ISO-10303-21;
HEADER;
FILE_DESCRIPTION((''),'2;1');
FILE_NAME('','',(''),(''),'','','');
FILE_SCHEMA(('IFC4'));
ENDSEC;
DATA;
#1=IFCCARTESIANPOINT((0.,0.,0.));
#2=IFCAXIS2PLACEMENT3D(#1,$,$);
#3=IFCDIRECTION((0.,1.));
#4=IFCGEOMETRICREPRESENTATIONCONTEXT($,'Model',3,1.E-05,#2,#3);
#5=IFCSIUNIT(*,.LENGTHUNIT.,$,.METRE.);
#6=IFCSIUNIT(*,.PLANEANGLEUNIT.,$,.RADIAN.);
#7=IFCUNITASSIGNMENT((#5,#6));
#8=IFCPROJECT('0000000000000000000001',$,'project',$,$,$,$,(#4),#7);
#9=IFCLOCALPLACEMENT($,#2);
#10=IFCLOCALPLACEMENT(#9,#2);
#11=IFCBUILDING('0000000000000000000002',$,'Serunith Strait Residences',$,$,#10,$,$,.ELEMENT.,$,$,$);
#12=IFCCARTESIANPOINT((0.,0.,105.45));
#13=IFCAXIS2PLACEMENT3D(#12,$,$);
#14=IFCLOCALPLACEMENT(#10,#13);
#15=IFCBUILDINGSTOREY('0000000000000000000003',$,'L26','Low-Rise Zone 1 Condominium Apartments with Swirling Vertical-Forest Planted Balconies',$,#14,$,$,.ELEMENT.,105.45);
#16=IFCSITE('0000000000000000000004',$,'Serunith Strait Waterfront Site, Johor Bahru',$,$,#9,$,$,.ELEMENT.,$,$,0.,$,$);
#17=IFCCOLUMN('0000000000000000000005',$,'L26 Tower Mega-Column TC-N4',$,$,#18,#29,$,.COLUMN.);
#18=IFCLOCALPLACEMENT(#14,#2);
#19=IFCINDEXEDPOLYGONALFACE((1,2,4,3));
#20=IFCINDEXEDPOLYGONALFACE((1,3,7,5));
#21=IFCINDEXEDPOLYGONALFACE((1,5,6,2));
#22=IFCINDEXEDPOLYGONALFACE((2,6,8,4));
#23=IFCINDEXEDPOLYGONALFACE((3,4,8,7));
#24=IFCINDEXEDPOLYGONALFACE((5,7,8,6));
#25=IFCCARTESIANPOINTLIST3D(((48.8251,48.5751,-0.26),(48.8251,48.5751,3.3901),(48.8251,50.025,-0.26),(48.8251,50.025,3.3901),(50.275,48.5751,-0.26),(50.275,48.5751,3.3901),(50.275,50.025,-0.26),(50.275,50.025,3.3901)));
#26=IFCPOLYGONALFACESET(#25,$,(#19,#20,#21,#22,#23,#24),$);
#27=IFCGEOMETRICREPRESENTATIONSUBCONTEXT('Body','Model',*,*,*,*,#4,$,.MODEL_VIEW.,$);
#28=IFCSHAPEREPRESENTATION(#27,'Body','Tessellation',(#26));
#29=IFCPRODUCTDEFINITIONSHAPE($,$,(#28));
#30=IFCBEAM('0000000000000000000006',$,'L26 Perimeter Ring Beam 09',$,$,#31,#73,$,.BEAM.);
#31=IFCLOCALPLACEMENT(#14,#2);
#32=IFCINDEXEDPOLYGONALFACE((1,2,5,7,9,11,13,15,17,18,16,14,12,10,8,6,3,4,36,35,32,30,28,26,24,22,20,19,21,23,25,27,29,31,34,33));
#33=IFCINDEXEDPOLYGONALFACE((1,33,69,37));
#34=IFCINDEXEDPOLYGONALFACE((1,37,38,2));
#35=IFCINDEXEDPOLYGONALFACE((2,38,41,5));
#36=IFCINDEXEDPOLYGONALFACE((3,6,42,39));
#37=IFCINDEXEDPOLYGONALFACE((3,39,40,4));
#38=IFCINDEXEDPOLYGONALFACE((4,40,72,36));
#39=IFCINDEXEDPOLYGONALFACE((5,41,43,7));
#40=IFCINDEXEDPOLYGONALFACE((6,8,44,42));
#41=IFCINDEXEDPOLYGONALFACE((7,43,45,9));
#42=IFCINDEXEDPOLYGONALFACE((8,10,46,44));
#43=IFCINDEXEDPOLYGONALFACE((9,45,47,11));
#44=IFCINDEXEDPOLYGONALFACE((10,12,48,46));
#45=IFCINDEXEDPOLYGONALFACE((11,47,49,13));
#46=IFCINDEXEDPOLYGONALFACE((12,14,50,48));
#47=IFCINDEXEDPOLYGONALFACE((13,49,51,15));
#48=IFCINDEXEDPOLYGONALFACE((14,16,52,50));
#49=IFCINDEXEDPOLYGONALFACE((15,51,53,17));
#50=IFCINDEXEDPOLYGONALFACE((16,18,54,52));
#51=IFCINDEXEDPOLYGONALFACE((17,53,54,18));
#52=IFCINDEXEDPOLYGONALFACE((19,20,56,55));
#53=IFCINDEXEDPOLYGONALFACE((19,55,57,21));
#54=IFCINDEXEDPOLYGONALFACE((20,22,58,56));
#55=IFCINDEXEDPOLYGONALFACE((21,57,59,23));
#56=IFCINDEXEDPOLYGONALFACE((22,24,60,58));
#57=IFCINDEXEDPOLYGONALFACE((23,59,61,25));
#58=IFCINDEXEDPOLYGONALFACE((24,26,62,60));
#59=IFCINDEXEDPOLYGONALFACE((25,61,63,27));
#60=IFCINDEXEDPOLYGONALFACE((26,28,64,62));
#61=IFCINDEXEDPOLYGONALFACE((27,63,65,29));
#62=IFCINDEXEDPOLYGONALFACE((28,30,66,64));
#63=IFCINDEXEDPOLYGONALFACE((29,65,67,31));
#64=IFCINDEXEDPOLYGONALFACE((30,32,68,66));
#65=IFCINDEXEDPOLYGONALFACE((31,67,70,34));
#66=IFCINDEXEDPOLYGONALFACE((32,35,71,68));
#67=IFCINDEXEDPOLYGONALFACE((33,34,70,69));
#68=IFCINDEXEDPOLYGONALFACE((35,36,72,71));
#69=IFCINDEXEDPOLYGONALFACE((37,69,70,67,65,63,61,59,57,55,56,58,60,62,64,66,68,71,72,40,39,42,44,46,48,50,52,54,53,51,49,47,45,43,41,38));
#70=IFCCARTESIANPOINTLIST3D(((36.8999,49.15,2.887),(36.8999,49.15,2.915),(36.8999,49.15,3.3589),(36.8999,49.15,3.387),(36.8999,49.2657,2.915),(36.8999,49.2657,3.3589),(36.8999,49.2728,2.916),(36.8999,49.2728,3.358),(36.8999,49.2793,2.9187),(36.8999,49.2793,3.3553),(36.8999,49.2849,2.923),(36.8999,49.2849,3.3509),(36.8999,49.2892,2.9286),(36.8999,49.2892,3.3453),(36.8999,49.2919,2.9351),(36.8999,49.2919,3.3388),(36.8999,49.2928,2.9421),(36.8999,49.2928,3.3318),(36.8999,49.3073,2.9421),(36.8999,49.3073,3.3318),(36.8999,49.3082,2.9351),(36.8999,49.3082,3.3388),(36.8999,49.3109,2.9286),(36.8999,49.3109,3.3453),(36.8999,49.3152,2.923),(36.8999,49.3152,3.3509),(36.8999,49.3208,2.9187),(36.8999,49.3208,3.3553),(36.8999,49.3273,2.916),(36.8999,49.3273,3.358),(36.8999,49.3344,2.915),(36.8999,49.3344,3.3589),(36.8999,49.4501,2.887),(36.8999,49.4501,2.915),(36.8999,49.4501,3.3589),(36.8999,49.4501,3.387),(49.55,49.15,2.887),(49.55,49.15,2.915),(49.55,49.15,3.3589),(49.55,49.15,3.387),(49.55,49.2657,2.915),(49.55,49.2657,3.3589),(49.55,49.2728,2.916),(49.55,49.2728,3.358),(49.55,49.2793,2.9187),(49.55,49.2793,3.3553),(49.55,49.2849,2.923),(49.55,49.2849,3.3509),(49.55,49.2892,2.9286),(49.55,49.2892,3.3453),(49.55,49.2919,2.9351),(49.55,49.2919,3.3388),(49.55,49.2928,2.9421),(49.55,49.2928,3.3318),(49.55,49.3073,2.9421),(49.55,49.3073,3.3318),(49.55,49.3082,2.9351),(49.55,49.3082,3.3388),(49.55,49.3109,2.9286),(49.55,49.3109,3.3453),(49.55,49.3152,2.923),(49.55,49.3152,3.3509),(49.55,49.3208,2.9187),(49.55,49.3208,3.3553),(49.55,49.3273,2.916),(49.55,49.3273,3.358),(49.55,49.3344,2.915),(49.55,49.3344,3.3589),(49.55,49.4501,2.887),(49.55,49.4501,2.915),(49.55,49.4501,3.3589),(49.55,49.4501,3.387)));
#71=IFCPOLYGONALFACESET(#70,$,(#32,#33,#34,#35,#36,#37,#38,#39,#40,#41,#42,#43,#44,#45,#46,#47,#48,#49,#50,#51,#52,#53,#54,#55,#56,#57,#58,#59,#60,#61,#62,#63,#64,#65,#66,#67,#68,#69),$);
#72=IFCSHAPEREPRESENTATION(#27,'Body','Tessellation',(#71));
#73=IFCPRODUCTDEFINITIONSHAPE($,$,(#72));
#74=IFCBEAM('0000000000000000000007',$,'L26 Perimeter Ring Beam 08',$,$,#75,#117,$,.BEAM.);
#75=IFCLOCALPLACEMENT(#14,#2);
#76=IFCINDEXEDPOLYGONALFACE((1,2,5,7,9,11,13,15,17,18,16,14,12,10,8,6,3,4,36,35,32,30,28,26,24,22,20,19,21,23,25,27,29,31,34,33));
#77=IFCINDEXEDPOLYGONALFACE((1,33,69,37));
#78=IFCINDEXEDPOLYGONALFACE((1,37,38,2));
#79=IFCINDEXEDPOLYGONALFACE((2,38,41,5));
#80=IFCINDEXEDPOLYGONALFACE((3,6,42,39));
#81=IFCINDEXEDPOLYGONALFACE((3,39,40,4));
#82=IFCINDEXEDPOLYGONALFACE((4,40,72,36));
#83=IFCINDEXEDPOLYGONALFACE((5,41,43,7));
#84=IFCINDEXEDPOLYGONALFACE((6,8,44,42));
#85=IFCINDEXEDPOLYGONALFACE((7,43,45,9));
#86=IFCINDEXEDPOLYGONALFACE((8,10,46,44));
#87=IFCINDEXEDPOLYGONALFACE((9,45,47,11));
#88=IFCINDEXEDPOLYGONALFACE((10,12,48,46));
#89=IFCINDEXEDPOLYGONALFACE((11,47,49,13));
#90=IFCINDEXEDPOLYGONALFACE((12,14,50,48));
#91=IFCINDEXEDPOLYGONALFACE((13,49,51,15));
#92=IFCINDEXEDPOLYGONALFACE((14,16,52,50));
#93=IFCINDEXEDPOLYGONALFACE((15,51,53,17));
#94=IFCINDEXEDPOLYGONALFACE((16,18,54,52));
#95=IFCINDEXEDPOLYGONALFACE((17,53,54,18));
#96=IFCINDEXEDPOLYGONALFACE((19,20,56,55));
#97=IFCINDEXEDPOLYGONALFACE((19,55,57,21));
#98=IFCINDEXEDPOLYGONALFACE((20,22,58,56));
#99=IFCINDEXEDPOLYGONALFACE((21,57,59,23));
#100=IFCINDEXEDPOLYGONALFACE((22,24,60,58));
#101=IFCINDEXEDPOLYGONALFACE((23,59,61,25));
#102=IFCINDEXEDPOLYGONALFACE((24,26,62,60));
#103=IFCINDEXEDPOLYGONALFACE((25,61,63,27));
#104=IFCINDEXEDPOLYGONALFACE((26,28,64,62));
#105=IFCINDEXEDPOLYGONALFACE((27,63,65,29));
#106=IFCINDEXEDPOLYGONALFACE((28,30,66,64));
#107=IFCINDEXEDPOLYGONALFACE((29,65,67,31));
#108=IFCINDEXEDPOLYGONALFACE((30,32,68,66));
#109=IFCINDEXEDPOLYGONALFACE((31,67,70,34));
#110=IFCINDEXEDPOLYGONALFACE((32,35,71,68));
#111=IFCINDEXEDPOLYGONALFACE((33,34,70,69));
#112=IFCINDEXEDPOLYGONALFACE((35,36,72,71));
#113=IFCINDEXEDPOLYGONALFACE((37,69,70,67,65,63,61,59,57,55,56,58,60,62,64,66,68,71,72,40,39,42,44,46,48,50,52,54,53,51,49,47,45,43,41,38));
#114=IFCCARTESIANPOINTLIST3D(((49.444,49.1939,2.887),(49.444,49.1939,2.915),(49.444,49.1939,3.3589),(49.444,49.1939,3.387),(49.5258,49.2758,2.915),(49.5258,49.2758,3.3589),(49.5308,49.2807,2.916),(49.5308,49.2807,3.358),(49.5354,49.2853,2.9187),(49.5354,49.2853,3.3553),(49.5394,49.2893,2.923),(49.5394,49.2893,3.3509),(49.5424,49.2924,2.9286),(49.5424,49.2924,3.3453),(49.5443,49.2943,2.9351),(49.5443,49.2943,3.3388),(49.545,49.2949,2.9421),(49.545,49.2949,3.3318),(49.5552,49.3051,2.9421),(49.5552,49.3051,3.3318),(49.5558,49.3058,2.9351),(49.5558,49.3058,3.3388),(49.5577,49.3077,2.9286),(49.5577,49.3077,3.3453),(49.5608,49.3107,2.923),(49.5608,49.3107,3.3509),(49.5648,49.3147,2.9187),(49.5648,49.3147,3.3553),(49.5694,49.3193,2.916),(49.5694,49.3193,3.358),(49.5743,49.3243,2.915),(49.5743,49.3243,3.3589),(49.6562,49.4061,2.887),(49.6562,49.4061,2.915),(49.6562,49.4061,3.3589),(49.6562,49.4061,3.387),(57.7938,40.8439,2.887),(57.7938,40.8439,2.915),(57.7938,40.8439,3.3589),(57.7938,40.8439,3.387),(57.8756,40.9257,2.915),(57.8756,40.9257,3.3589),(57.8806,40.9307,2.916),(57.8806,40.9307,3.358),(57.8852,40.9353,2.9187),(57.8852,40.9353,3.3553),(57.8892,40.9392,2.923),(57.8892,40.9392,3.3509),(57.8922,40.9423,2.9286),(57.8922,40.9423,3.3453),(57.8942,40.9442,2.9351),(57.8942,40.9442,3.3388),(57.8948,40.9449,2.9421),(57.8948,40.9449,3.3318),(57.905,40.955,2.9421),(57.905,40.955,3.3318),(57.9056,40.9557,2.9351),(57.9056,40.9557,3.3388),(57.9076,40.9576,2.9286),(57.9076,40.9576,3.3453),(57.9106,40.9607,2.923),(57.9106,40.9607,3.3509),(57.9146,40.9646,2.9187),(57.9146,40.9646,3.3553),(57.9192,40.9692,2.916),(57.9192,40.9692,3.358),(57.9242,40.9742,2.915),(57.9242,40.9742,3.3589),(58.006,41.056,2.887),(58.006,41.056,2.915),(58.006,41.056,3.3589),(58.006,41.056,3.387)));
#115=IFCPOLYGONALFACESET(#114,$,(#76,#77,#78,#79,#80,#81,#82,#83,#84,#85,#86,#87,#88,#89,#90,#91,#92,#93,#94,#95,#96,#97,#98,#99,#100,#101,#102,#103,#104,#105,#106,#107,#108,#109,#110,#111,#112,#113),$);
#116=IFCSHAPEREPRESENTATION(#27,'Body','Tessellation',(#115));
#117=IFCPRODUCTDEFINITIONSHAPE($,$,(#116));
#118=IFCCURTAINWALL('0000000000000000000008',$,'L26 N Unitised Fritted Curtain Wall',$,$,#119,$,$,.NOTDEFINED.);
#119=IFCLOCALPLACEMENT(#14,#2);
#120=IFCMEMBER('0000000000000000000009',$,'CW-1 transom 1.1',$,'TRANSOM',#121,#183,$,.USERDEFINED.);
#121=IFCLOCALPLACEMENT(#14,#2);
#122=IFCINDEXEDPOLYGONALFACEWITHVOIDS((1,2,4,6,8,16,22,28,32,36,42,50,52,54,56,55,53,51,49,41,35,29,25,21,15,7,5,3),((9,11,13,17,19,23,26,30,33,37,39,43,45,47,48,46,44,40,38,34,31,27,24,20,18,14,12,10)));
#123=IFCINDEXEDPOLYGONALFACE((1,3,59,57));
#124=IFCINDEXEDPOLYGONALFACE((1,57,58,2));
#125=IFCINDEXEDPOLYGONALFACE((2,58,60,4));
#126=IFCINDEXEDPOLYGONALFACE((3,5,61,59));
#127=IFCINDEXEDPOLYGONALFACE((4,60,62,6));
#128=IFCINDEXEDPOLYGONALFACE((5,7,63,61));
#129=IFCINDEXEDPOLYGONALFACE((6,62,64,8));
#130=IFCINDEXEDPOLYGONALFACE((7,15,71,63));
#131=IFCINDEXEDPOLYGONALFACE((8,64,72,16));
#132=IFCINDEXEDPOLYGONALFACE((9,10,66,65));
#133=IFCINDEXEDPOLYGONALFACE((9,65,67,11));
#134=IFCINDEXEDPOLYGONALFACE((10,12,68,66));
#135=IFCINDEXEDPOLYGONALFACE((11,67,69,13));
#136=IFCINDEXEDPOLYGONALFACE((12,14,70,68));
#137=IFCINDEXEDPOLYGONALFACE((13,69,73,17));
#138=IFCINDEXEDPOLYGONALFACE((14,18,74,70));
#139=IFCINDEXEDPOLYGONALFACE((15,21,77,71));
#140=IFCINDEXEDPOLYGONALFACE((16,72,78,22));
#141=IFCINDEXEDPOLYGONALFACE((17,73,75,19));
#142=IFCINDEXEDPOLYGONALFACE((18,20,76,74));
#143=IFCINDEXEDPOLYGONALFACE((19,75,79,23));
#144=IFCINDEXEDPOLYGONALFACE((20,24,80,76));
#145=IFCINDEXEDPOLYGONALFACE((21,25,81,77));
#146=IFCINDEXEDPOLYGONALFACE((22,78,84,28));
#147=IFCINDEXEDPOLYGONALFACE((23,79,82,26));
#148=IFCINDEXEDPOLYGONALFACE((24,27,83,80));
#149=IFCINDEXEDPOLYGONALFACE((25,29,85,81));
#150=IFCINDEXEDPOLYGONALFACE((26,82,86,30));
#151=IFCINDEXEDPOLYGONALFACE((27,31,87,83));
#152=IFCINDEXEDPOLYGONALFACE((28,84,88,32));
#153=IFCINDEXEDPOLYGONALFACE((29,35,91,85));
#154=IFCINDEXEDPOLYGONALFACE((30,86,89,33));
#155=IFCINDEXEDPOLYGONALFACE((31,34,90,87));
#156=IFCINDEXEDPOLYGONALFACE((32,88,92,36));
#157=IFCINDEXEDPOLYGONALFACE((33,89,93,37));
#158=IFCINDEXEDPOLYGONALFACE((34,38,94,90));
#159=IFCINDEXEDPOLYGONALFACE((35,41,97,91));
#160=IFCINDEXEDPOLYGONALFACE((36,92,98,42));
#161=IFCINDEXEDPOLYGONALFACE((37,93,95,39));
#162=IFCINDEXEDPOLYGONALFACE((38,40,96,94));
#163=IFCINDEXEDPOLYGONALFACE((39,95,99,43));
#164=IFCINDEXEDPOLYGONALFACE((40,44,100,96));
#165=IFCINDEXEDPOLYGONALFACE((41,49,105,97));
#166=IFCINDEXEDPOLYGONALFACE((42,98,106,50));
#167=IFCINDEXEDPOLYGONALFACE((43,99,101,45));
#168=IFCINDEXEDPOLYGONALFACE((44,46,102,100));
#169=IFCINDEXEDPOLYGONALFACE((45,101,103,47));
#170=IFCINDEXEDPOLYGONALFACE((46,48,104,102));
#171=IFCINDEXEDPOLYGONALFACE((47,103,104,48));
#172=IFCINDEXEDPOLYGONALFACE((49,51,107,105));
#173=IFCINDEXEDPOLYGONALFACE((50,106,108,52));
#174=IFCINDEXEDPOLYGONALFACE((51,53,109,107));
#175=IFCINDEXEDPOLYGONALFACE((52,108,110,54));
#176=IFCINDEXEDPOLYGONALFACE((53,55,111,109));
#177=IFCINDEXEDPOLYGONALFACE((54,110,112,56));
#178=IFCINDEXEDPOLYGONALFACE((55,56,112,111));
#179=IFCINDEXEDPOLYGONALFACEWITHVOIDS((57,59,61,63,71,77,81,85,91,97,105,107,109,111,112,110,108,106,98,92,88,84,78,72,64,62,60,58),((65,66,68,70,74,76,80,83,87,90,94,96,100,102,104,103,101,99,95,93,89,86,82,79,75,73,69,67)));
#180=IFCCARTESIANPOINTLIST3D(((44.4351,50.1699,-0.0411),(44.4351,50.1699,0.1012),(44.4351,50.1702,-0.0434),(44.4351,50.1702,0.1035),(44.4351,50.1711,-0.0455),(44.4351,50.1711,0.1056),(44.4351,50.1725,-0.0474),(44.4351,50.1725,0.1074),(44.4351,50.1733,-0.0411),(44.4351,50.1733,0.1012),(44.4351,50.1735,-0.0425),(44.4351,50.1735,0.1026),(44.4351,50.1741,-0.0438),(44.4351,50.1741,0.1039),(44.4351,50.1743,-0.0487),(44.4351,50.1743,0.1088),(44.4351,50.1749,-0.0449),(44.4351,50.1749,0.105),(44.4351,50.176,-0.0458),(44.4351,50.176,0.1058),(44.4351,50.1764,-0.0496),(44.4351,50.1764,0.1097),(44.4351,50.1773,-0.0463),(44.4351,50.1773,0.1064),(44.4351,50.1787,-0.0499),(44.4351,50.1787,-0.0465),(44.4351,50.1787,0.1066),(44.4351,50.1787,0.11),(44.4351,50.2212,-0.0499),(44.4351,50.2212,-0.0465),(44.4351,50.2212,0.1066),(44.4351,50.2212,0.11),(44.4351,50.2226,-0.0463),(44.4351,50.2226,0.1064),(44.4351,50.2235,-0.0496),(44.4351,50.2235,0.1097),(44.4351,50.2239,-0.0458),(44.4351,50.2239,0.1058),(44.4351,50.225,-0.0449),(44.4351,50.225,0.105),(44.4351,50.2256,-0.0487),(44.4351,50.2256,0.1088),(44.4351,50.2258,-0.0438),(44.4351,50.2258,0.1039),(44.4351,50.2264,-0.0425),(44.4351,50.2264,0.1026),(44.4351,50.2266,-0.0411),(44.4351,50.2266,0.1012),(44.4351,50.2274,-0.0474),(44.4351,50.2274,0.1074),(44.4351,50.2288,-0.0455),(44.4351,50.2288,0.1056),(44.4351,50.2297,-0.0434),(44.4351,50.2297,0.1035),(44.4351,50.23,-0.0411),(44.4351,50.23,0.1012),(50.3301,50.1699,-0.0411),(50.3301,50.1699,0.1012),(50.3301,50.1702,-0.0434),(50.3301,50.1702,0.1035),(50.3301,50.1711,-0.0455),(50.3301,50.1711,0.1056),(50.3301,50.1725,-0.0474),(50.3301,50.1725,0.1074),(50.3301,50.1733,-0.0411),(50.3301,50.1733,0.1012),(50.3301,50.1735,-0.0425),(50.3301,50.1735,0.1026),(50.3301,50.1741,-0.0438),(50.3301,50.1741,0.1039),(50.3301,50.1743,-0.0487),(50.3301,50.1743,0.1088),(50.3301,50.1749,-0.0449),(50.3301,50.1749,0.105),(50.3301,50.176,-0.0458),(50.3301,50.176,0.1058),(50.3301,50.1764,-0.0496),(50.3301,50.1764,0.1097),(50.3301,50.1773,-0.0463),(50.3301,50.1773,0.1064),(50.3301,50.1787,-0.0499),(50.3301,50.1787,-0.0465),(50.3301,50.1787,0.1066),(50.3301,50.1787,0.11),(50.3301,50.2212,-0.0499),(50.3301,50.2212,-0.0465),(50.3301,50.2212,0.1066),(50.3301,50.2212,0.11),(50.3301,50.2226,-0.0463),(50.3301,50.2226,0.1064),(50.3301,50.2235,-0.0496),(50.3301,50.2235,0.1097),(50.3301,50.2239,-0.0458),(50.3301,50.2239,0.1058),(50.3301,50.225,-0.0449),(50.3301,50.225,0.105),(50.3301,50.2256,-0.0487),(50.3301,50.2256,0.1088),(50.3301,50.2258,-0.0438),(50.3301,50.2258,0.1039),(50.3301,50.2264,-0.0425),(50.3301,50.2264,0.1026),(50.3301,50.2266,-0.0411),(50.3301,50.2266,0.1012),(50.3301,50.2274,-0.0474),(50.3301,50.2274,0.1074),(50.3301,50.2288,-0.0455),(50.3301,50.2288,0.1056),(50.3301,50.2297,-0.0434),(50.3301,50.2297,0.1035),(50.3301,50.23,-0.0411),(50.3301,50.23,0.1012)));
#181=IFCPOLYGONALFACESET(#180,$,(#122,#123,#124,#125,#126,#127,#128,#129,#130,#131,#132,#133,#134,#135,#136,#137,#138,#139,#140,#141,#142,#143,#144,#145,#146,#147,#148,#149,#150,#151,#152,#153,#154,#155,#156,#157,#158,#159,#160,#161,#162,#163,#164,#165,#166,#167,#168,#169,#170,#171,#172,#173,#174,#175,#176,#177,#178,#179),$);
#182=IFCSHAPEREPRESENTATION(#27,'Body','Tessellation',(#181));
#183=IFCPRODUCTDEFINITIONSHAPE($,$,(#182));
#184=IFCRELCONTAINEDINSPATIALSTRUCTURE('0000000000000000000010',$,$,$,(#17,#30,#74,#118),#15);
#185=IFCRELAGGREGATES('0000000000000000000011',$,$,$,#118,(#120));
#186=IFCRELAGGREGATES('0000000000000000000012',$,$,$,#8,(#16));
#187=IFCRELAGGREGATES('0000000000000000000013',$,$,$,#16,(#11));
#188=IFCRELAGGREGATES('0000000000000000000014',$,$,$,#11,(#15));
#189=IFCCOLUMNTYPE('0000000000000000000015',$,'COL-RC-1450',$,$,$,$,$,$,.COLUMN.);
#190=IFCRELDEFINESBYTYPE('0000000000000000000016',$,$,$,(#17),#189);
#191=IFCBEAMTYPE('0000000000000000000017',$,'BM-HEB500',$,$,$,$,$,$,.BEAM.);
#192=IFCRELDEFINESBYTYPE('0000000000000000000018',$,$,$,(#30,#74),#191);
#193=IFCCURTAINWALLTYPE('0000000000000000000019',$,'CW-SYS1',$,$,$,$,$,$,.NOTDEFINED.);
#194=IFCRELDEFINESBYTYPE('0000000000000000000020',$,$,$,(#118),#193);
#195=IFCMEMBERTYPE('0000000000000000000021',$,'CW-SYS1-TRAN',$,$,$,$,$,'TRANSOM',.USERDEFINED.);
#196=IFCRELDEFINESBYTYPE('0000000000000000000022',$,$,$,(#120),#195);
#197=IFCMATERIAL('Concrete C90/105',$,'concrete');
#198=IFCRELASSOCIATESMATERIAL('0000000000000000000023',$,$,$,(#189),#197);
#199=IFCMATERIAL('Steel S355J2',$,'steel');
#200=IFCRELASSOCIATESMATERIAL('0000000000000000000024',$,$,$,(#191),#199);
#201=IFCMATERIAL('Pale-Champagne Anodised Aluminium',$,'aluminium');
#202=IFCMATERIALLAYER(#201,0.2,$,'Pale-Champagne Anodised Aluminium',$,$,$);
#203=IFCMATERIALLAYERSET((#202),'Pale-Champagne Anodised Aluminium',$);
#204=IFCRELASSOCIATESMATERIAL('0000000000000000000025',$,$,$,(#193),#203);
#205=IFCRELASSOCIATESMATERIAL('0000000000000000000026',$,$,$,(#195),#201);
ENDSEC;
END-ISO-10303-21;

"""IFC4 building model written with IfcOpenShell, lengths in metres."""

from ifc_helpers import new_model, si_unit, direction, frame, origin, origin_2d, place, context, subcontext, project, spatial, rectangle, hollow_rectangle, i_section, extrude, source, transform, mapped, material, layer, layer_set, material_profile, profile_set, type_object, element, aggregate, save


model = new_model("IFC4")

# Units and contexts
model_context = context("Model", 3, precision=1e-05, world=origin(), true_north=direction((0.0, 1.0)))
body_context = subcontext(model_context, "Body", "Model", "MODEL_VIEW")
ifc_project = project(units=[si_unit("LENGTHUNIT", "METRE"), si_unit("PLANEANGLEUNIT", "RADIAN")], contexts=[model_context])

# Site, building, storey
site_placement = place(None, origin())
site = spatial("IfcSite", under=ifc_project, at=site_placement, Name="Serunith Strait Waterfront Site, Johor Bahru", CompositionType="ELEMENT", RefElevation=0.0)
building_placement = place(site_placement, origin())
building = spatial("IfcBuilding", under=site, at=building_placement, Name="Serunith Strait Residences", CompositionType="ELEMENT")
storey_placement = place(building_placement, frame((0.0, 0.0, 105.45)))
storey = spatial("IfcBuildingStorey", under=building, at=storey_placement, Name="L26", Description="Low-Rise Zone 1 Condominium Apartments with Swirling Vertical-Forest Planted Balconies", CompositionType="ELEMENT", Elevation=105.45)

# Column
ifc_material_1 = material(Name="Concrete C90/105", Category="concrete")
ifc_material_profile_1 = material_profile(ifc_material_1, rectangle(XDim=1.45, YDim=1.45, at=origin_2d()), Name="RC 1450x1450")
ifc_profile_set_1 = profile_set([ifc_material_profile_1], Name="Concrete C90/105")
column_type = type_object("IfcColumnType", Name="COL-RC-1450", PredefinedType="COLUMN", material=ifc_profile_set_1)
shared_shape_1 = source(origin(), body_context, "Body", "SweptSolid", [
    extrude(rectangle(XDim=1.45, YDim=1.45, at=origin_2d()), origin(), (0.0, 0.0, 1.0), 3.6501),
])
column_placement = place(storey_placement, frame((49.55, 49.3, -0.26), z_axis=(0.0, 0.0, 1.0), x_axis=(1.0, 0.0, 0.0)))
element("IfcColumn", 1, at=column_placement, inside=storey, type_object=column_type, Name="L26 Tower Mega-Column TC-N4", PredefinedType="COLUMN", context=body_context, shape_type="MappedRepresentation", body=[
    mapped(shared_shape_1, transform((0.0, 0.0, 0.0), scale=1.0)),
])

# Beams
ifc_material_2 = material(Name="Steel S355J2", Category="steel")
ifc_material_profile_2 = material_profile(ifc_material_2, i_section(OverallWidth=0.3, OverallDepth=0.5, WebThickness=0.0144, FlangeThickness=0.0281, FilletRadius=0.0271, at=origin_2d()), Name="HEB 500")
ifc_profile_set_2 = profile_set([ifc_material_profile_2], Name="Steel S355J2")
beam_type = type_object("IfcBeamType", Name="BM-HEB500", PredefinedType="BEAM", material=ifc_profile_set_2)
shared_shape_2 = source(origin(), body_context, "Body", "SweptSolid", [
    extrude(i_section(OverallWidth=0.3, OverallDepth=0.5, WebThickness=0.0144, FlangeThickness=0.0281, FilletRadius=0.0271, at=origin_2d()), origin(), (0.0, 0.0, 1.0), 12.6501),
])
beam_1_placement = place(storey_placement, frame((49.55, 49.3, 3.137), z_axis=(-1.0, 0.0, 0.0), x_axis=(0.0, -1.0, 0.0)))
element("IfcBeam", 2, at=beam_1_placement, inside=storey, type_object=beam_type, Name="L26 Perimeter Ring Beam 09", PredefinedType="BEAM", context=body_context, shape_type="MappedRepresentation", body=[
    mapped(shared_shape_2, transform((0.0, 0.0, 0.0), scale=1.0)),
])
shared_shape_3 = source(origin(), body_context, "Body", "SweptSolid", [
    extrude(i_section(OverallWidth=0.3, OverallDepth=0.5, WebThickness=0.0144, FlangeThickness=0.0281, FilletRadius=0.0271, at=origin_2d()), origin(), (0.0, 0.0, 1.0), 11.8086),
])
beam_2_placement = place(storey_placement, frame((57.8999, 40.95, 3.137), z_axis=(-0.707096, 0.707117, 0.0), x_axis=(-0.707117, -0.707096, 0.0)))
element("IfcBeam", 3, at=beam_2_placement, inside=storey, type_object=beam_type, Name="L26 Perimeter Ring Beam 08", PredefinedType="BEAM", context=body_context, shape_type="MappedRepresentation", body=[
    mapped(shared_shape_3, transform((0.0, 0.0, 0.0), scale=1.0)),
])

# Curtain wall, member
ifc_material_3 = material(Name="Pale-Champagne Anodised Aluminium", Category="aluminium")
ifc_layer_1 = layer(ifc_material_3, 0.2, Name="Pale-Champagne Anodised Aluminium")
ifc_layer_set_1 = layer_set([ifc_layer_1], Name="Pale-Champagne Anodised Aluminium")
curtain_wall_type = type_object("IfcCurtainWallType", Name="CW-SYS1", PredefinedType="NOTDEFINED", material=ifc_layer_set_1)
curtain_wall_1_placement = place(storey_placement, origin())
curtain_wall_1 = element("IfcCurtainWall", 4, at=curtain_wall_1_placement, inside=storey, type_object=curtain_wall_type, Name="L26 N Unitised Fritted Curtain Wall", PredefinedType="NOTDEFINED")
ifc_material_profile_3 = material_profile(ifc_material_3, hollow_rectangle(XDim=0.0601, YDim=0.1599, WallThickness=0.0034, InnerFilletRadius=0.0054, OuterFilletRadius=0.0088, at=origin_2d()), Name="ALU 160x60x3.5")
ifc_profile_set_3 = profile_set([ifc_material_profile_3], Name="Pale-Champagne Anodised Aluminium")
member_type_1 = type_object("IfcMemberType", Name="CW-SYS1-TRAN", ElementType="TRANSOM", PredefinedType="USERDEFINED", material=ifc_profile_set_3)
shared_shape_4 = source(origin(), body_context, "Body", "SweptSolid", [
    extrude(hollow_rectangle(XDim=0.0601, YDim=0.1599, WallThickness=0.0034, InnerFilletRadius=0.0054, OuterFilletRadius=0.0088, at=origin_2d()), origin(), (0.0, 0.0, 1.0), 5.895),
])
member_1_placement = place(storey_placement, frame((50.3301, 50.2, 0.03), z_axis=(-1.0, 0.0, 0.0), x_axis=(0.0, -1.0, 0.0)))
member_1 = element("IfcMember", 5, at=member_1_placement, type_object=member_type_1, Name="CW-1 transom 1.1", ObjectType="TRANSOM", PredefinedType="USERDEFINED", context=body_context, shape_type="MappedRepresentation", body=[
    mapped(shared_shape_4, transform((0.0, 0.0, 0.0), scale=1.0)),
])

aggregate(curtain_wall_1, [member_1])

save(model, "model.ifc")
